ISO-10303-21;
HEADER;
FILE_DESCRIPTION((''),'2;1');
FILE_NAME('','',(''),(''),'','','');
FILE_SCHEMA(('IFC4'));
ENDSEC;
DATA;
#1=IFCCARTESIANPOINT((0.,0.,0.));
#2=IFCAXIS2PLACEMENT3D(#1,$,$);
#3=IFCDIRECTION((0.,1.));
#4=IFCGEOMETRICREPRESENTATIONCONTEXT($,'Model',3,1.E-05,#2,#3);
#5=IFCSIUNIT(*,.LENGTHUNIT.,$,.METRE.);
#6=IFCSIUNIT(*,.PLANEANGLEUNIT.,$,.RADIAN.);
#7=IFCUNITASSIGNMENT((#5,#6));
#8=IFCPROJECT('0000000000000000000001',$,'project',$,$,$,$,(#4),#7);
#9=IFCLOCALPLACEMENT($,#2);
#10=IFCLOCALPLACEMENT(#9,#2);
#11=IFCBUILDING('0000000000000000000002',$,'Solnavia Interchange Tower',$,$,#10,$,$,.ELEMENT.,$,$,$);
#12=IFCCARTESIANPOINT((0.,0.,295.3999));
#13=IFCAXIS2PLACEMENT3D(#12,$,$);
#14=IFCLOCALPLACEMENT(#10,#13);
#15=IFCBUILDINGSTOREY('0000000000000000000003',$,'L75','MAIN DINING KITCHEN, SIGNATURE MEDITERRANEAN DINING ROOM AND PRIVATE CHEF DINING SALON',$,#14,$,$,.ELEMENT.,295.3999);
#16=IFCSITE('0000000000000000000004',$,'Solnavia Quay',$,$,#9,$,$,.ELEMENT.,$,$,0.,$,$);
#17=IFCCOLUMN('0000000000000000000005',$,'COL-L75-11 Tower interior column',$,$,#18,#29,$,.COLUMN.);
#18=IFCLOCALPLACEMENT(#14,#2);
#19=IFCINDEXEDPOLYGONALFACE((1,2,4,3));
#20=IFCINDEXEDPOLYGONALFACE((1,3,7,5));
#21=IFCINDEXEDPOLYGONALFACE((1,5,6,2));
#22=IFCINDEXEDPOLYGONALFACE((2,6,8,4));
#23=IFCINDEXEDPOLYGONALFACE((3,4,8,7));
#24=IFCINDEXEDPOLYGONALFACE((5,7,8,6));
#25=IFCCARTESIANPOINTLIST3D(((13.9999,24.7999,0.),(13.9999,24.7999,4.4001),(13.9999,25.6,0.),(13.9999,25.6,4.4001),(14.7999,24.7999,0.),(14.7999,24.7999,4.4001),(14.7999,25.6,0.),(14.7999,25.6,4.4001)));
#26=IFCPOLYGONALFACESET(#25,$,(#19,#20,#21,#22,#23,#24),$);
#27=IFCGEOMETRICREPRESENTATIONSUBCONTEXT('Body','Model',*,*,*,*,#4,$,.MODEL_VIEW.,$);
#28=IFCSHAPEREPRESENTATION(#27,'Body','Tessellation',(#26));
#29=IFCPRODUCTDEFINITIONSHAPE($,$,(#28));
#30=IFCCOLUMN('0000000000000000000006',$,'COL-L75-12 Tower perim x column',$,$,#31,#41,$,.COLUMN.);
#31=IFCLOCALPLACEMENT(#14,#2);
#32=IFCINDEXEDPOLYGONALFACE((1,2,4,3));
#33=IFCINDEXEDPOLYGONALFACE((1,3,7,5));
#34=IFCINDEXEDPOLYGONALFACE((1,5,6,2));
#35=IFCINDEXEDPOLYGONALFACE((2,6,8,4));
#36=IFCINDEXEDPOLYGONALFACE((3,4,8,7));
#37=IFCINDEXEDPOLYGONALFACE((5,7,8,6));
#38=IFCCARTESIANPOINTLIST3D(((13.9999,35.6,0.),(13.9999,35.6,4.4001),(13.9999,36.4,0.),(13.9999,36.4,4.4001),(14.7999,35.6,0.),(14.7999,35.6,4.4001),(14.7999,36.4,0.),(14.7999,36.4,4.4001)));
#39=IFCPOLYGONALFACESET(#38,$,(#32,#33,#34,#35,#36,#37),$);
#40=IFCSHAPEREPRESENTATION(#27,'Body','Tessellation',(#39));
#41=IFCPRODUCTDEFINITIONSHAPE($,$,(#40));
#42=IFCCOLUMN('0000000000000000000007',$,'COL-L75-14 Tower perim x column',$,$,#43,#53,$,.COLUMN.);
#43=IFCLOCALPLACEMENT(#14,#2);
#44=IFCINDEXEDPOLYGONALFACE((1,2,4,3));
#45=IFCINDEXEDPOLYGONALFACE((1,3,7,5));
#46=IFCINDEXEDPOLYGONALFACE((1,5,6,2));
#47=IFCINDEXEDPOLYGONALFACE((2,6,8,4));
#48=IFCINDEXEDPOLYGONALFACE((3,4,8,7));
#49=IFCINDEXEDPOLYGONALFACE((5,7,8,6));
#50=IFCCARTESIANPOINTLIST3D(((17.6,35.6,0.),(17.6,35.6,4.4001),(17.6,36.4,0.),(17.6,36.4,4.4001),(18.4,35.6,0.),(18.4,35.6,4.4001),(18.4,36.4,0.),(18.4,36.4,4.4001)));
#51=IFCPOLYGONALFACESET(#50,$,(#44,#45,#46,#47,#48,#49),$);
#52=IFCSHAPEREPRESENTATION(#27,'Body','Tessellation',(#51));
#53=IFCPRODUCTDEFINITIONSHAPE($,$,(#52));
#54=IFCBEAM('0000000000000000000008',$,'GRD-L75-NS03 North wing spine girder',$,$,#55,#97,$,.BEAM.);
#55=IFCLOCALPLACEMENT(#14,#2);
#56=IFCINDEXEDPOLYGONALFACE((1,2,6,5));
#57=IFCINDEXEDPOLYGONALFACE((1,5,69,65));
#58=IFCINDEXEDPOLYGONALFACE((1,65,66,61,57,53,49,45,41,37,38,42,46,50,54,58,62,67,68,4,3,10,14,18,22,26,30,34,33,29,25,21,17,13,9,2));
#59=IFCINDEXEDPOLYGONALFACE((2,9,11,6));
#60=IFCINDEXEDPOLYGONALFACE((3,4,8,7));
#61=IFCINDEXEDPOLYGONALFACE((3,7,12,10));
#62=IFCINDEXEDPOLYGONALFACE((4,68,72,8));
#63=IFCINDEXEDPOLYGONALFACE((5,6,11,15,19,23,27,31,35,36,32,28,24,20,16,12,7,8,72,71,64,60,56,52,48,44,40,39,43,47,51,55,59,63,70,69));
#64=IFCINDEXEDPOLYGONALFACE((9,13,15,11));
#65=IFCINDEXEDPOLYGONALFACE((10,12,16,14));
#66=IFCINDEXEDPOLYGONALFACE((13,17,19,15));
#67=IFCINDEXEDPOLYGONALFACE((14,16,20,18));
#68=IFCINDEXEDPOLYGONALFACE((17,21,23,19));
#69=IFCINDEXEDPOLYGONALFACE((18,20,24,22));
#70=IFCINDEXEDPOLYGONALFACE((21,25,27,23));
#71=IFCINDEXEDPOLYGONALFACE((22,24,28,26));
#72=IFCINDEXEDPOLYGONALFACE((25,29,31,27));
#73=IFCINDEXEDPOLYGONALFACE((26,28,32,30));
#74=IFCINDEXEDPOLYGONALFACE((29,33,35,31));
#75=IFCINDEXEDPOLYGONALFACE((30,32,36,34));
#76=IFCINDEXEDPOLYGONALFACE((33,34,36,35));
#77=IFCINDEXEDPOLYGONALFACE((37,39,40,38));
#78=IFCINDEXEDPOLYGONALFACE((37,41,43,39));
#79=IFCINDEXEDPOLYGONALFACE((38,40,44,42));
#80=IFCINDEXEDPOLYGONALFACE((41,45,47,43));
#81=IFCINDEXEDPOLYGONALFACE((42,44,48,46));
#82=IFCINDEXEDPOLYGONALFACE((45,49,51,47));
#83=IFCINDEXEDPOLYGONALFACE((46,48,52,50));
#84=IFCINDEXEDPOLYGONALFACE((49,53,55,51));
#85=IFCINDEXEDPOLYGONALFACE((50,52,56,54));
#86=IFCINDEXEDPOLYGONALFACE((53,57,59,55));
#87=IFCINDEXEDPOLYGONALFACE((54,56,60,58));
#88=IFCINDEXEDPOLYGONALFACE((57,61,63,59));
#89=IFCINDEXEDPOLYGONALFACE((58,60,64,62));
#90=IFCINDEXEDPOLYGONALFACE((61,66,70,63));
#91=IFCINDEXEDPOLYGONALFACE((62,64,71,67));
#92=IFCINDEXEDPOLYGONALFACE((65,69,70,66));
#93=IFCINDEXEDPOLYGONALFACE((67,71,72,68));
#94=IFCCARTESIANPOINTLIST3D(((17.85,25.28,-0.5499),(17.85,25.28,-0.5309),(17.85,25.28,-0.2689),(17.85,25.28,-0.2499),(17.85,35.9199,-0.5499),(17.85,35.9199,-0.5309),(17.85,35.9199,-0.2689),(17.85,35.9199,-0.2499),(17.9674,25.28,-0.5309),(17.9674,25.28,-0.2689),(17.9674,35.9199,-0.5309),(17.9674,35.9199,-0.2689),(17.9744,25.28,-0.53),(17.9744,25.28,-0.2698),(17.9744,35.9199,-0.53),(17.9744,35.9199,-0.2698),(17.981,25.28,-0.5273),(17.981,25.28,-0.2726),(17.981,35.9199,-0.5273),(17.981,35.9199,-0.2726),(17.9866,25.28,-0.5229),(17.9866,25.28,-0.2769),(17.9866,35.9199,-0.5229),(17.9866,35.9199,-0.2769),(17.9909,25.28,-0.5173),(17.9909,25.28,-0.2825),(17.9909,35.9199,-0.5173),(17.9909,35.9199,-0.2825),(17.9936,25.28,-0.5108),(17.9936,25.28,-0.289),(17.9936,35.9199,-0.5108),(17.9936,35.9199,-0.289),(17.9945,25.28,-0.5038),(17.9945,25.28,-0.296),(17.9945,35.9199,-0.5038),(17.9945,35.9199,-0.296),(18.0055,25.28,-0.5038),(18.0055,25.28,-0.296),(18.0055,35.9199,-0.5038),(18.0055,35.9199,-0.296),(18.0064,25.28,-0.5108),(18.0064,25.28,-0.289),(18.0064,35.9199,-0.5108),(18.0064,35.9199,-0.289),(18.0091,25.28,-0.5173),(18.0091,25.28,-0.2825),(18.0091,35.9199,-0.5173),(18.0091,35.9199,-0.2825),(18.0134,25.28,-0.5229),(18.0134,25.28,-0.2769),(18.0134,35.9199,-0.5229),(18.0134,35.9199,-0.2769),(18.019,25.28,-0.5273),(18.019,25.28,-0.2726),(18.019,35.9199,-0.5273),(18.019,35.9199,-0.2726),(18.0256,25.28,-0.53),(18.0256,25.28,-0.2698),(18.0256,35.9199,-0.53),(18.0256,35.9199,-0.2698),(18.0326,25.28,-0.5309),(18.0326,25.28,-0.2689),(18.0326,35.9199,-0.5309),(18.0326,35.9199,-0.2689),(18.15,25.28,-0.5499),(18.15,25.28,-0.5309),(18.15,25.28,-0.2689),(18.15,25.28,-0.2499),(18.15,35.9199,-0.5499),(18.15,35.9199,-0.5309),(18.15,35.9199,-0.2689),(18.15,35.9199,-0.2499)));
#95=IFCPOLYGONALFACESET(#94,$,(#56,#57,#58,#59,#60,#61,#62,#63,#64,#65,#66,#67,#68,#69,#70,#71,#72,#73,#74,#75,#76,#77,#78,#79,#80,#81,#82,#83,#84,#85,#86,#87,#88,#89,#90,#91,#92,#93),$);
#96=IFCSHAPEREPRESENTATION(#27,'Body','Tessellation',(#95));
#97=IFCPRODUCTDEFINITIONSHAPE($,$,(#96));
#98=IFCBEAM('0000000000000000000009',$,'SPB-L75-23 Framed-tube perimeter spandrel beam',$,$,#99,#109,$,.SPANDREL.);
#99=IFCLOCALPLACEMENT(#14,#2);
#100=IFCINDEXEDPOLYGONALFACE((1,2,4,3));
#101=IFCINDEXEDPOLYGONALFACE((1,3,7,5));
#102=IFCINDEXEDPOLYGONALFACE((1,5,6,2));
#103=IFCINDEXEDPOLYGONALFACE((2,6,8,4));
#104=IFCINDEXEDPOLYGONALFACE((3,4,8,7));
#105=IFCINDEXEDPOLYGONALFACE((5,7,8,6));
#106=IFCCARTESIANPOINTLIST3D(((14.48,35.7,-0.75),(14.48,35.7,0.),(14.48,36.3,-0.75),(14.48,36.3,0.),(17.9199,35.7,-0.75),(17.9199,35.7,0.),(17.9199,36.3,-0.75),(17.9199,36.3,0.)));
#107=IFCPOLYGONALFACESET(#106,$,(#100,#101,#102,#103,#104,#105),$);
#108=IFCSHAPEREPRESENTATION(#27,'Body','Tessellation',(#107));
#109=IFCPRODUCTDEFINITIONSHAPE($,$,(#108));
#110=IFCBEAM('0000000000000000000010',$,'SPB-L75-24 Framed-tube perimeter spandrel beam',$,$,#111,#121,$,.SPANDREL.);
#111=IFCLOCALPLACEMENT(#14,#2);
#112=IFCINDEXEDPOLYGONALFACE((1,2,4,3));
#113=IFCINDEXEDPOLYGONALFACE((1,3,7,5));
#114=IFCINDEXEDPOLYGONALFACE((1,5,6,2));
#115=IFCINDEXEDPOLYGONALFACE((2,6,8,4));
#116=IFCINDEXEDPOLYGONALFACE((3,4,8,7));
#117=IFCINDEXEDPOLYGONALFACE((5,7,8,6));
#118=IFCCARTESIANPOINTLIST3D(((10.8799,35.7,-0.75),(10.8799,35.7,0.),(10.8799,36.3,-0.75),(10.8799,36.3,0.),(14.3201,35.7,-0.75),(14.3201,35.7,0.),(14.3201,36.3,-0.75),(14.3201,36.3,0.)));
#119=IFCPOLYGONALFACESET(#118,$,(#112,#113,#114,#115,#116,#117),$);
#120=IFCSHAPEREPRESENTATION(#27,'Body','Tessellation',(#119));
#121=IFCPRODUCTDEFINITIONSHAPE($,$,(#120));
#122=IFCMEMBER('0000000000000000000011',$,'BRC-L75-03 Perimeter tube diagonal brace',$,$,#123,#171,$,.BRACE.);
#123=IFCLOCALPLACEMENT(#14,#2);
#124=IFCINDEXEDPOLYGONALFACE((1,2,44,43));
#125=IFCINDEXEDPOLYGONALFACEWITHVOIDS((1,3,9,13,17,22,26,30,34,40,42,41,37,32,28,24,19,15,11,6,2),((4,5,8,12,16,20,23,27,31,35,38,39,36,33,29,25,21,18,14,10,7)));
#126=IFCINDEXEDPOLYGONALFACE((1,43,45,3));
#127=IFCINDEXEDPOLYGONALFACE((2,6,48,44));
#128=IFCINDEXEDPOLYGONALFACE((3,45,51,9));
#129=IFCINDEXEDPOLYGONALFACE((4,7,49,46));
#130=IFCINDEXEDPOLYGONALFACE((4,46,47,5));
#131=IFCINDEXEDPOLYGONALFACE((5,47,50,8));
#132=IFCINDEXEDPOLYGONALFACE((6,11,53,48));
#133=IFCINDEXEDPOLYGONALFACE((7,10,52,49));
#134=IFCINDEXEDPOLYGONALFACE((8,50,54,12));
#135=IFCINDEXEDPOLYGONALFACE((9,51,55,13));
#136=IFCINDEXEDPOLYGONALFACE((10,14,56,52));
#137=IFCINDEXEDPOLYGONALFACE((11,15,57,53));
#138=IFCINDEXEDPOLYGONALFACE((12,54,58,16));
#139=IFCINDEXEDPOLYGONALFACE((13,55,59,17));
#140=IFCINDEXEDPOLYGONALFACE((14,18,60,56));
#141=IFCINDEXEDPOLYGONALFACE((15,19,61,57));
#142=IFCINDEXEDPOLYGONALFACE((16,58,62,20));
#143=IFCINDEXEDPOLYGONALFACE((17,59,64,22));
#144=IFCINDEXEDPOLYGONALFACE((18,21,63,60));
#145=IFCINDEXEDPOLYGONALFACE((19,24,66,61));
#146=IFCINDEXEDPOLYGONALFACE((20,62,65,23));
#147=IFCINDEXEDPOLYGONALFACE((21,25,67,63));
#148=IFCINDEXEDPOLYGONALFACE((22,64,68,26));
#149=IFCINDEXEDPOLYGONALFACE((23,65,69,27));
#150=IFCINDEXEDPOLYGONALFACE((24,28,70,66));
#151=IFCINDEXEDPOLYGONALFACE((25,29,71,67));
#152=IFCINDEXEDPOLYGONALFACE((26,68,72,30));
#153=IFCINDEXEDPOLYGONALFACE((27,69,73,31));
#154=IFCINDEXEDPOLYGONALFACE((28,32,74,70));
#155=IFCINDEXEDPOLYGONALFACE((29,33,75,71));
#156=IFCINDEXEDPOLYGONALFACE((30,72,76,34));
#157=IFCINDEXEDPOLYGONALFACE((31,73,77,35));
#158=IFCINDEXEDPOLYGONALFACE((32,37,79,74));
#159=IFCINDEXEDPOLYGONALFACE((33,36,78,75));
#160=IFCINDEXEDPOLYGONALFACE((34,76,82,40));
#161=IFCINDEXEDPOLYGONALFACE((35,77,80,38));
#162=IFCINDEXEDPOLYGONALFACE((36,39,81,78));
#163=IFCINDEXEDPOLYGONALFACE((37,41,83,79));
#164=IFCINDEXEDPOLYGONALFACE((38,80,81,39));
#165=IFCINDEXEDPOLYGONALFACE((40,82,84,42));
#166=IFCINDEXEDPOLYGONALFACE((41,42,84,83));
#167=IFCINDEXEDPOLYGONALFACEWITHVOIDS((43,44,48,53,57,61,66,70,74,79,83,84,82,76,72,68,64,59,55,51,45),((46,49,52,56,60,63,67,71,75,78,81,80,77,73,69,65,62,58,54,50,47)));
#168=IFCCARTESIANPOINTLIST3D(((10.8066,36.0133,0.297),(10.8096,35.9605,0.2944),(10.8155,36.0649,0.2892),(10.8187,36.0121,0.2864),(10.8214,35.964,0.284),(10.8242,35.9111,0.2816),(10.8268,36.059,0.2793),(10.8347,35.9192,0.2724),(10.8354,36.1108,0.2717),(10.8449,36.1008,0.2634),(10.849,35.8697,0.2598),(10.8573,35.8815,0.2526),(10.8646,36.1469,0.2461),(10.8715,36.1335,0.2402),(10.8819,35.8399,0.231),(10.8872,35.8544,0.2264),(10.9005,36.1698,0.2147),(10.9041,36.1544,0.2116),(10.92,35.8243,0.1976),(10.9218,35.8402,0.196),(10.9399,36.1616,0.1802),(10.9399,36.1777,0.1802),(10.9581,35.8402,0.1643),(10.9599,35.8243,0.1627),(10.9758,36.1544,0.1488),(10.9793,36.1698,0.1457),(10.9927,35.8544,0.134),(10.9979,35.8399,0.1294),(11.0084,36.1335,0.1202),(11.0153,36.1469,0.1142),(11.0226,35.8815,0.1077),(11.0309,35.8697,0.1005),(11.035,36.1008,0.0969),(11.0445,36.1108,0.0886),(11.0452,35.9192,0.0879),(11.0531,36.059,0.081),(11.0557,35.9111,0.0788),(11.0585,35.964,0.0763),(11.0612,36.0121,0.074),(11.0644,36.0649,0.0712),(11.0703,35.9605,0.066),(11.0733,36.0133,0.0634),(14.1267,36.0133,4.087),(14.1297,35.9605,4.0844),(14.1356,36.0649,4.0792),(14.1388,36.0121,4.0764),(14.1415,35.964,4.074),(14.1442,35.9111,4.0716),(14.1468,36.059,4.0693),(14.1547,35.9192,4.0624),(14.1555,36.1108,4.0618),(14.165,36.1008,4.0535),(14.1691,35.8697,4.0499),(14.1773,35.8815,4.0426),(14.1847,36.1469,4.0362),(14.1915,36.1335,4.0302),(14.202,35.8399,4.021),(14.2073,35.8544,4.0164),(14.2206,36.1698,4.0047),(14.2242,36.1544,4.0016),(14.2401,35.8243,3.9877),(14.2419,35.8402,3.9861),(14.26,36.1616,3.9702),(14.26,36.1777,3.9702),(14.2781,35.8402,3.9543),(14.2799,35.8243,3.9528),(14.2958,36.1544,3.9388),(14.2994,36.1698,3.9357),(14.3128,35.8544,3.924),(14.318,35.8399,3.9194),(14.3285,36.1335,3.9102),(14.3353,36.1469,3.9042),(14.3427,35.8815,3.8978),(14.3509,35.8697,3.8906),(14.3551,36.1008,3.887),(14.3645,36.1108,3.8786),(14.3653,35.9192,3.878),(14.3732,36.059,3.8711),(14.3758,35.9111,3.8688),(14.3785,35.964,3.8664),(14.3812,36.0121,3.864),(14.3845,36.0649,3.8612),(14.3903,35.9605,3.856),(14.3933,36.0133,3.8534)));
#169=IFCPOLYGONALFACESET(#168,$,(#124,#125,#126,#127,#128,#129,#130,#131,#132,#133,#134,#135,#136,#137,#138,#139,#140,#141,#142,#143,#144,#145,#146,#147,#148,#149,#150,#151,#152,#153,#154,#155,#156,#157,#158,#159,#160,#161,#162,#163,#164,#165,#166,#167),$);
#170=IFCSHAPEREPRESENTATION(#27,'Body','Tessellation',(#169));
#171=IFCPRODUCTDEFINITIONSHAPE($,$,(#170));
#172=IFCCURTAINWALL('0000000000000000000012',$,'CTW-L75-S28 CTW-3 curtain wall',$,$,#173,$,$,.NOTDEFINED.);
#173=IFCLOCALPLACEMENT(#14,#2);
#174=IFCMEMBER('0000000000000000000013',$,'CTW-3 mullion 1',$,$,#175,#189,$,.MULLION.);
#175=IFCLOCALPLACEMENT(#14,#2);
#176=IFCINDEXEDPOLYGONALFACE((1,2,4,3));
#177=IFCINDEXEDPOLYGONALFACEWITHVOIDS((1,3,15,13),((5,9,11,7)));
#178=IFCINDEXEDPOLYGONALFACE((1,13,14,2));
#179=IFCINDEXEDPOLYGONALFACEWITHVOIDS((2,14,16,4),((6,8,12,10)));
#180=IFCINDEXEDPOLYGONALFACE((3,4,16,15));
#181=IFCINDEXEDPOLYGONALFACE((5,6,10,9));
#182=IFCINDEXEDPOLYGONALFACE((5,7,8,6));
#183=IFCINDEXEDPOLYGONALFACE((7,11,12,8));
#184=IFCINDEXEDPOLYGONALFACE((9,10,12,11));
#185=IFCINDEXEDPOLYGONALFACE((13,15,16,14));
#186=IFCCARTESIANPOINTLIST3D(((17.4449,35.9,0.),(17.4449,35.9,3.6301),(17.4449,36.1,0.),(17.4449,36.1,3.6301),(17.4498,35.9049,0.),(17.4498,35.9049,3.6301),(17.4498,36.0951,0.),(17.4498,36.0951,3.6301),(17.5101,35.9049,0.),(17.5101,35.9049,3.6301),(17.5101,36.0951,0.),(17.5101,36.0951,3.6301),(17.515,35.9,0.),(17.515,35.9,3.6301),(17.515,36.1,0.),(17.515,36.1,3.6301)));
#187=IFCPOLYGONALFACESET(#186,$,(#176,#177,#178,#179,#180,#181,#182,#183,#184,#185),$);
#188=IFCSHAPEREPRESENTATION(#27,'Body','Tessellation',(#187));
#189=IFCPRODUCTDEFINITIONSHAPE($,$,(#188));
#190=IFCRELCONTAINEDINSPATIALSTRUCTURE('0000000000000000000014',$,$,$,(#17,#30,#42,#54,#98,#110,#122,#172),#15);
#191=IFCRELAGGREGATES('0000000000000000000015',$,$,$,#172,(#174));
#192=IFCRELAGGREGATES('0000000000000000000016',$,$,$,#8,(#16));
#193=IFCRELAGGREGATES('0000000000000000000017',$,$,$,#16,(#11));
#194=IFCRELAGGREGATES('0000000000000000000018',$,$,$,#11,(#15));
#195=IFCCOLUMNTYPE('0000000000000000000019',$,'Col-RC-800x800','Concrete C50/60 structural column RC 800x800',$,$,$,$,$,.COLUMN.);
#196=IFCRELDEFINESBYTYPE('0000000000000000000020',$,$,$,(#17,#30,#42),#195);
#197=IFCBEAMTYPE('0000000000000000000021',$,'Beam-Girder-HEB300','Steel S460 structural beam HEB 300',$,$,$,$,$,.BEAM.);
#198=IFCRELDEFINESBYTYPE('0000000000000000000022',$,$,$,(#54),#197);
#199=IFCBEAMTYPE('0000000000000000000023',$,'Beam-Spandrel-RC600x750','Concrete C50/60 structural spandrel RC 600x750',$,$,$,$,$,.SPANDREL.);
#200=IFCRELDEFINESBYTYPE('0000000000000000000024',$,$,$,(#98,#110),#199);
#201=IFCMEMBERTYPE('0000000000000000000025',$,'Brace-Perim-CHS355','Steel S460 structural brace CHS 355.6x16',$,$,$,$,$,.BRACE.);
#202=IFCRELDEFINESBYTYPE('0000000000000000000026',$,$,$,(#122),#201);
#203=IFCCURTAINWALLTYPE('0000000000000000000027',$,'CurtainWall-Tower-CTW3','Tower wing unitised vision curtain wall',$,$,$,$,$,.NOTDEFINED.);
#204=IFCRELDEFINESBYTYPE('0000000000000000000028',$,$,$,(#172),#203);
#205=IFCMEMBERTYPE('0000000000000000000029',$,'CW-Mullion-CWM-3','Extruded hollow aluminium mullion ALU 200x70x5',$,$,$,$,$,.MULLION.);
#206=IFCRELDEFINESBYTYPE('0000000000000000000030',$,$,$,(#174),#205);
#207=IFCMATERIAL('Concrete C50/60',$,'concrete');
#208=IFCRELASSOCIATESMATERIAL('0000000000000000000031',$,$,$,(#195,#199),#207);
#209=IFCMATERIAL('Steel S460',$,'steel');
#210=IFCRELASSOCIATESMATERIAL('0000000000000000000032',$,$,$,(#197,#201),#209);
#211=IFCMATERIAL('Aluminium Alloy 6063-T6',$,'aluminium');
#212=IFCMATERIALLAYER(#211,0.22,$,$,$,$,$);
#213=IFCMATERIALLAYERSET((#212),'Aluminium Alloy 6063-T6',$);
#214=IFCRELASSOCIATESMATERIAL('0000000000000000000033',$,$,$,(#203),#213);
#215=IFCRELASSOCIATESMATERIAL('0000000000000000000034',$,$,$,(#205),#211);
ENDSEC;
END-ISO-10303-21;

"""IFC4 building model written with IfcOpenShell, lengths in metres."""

from ifc_helpers import new_model, si_unit, direction, frame, origin, origin_2d, place, context, subcontext, project, spatial, rectangle, hollow_rectangle, hollow_circle, i_section, extrude, material, layer, layer_set, material_profile, profile_set, type_object, element, aggregate, save


model = new_model("IFC4")

# Units and contexts
model_context = context("Model", 3, precision=1e-05, world=origin(), true_north=direction((0.0, 1.0)))
body_context = subcontext(model_context, "Body", "Model", "MODEL_VIEW")
ifc_project = project(units=[si_unit("LENGTHUNIT", "METRE"), si_unit("PLANEANGLEUNIT", "RADIAN")], contexts=[model_context])

# Site, building, storey
site_placement = place(None, origin())
site = spatial("IfcSite", under=ifc_project, at=site_placement, Name="Solnavia Quay", CompositionType="ELEMENT", RefElevation=0.0)
building_placement = place(site_placement, origin())
building = spatial("IfcBuilding", under=site, at=building_placement, Name="Solnavia Interchange Tower", CompositionType="ELEMENT")
storey_placement = place(building_placement, frame((0.0, 0.0, 295.3999)))
storey = spatial("IfcBuildingStorey", under=building, at=storey_placement, Name="L75", Description="MAIN DINING KITCHEN, SIGNATURE MEDITERRANEAN DINING ROOM AND PRIVATE CHEF DINING SALON", CompositionType="ELEMENT", Elevation=295.3999)

# Columns
ifc_material_1 = material(Name="Concrete C50/60", Category="concrete")
ifc_material_profile_1 = material_profile(ifc_material_1, rectangle(XDim=0.8, YDim=0.8, at=origin_2d()), Name="RC 800x800")
ifc_profile_set_1 = profile_set([ifc_material_profile_1], Name="Concrete C50/60")
column_type = type_object("IfcColumnType", Name="Col-RC-800x800", Description="Concrete C50/60 structural column RC 800x800", PredefinedType="COLUMN", material=ifc_profile_set_1)
for number, where, z_axis, x_axis, name in (
    (1, (14.3999, 25.2, 0.0), (0.0, 0.0, 1.0), (1.0, 0.0, 0.0), "COL-L75-11 Tower interior column"),
    (2, (14.3999, 36.0, 0.0), (0.0, 0.0, 1.0), (1.0, 0.0, 0.0), "COL-L75-12 Tower perim x column"),
    (3, (18.0, 36.0, 0.0), (0.0, 0.0, 1.0), (1.0, 0.0, 0.0), "COL-L75-14 Tower perim x column"),
):
    element("IfcColumn", number, at=place(storey_placement, frame(where, z_axis=z_axis, x_axis=x_axis)), inside=storey, type_object=column_type, Name=name, PredefinedType="COLUMN", context=body_context, shape_type="SweptSolid", body=[
        extrude(rectangle(XDim=0.8, YDim=0.8, at=origin_2d()), origin(), (0.0, 0.0, 1.0), 4.4001),
    ])

# Beams
ifc_material_2 = material(Name="Steel S460", Category="steel")
ifc_material_profile_2 = material_profile(ifc_material_2, i_section(OverallWidth=0.3, OverallDepth=0.3, WebThickness=0.011, FlangeThickness=0.019, FilletRadius=0.0271, at=origin_2d()), Name="HEB 300")
ifc_profile_set_2 = profile_set([ifc_material_profile_2], Name="Steel S460")
beam_type_1 = type_object("IfcBeamType", Name="Beam-Girder-HEB300", Description="Steel S460 structural beam HEB 300", PredefinedType="BEAM", material=ifc_profile_set_2)
beam_1_placement = place(storey_placement, frame((18.0, 25.28, -0.3999), z_axis=(0.0, 1.0, 0.0), x_axis=(-1.0, 0.0, 0.0)))
element("IfcBeam", 4, at=beam_1_placement, inside=storey, type_object=beam_type_1, Name="GRD-L75-NS03 North wing spine girder", PredefinedType="BEAM", context=body_context, shape_type="SweptSolid", body=[
    extrude(i_section(OverallWidth=0.3, OverallDepth=0.3, WebThickness=0.011, FlangeThickness=0.019, FilletRadius=0.0271, at=origin_2d()), origin(), (0.0, 0.0, 1.0), 10.6399),
])
ifc_material_profile_3 = material_profile(ifc_material_1, rectangle(XDim=0.6001, YDim=0.75, at=origin_2d()), Name="RC 600x750")
ifc_profile_set_3 = profile_set([ifc_material_profile_3], Name="Concrete C50/60")
beam_type_2 = type_object("IfcBeamType", Name="Beam-Spandrel-RC600x750", Description="Concrete C50/60 structural spandrel RC 600x750", PredefinedType="SPANDREL", material=ifc_profile_set_3)
beam_2_placement = place(storey_placement, frame((17.9199, 36.0, -0.375), z_axis=(-1.0, 0.0, 0.0), x_axis=(0.0, -1.0, 0.0)))
element("IfcBeam", 5, at=beam_2_placement, inside=storey, type_object=beam_type_2, Name="SPB-L75-23 Framed-tube perimeter spandrel beam", PredefinedType="SPANDREL", context=body_context, shape_type="SweptSolid", body=[
    extrude(rectangle(XDim=0.6001, YDim=0.75, at=origin_2d()), origin(), (0.0, 0.0, 1.0), 3.4399),
])
beam_3_placement = place(storey_placement, frame((14.3201, 36.0, -0.375), z_axis=(-1.0, 0.0, 0.0), x_axis=(0.0, -1.0, 0.0)))
element("IfcBeam", 6, at=beam_3_placement, inside=storey, type_object=beam_type_2, Name="SPB-L75-24 Framed-tube perimeter spandrel beam", PredefinedType="SPANDREL", context=body_context, shape_type="SweptSolid", body=[
    extrude(rectangle(XDim=0.6001, YDim=0.75, at=origin_2d()), origin(), (0.0, 0.0, 1.0), 3.4402),
])

# Member
ifc_material_profile_4 = material_profile(ifc_material_2, hollow_circle(Radius=0.1777, WallThickness=0.0161, at=origin_2d()), Name="CHS 355.6x16")
ifc_profile_set_4 = profile_set([ifc_material_profile_4], Name="Steel S460")
member_type_1 = type_object("IfcMemberType", Name="Brace-Perim-CHS355", Description="Steel S460 structural brace CHS 355.6x16", PredefinedType="BRACE", material=ifc_profile_set_4)
member_1_placement = place(storey_placement, frame((10.9399, 36.0, 0.1802), z_axis=(0.65893, 0.0, 0.752204), x_axis=(0.0, 1.0, 0.0)))
element("IfcMember", 7, at=member_1_placement, inside=storey, type_object=member_type_1, Name="BRC-L75-03 Perimeter tube diagonal brace", PredefinedType="BRACE", context=body_context, shape_type="SweptSolid", body=[
    extrude(hollow_circle(Radius=0.1777, WallThickness=0.0161, at=origin_2d()), origin(), (0.0, 0.0, 1.0), 5.0386),
])

# Curtain wall, member
ifc_material_3 = material(Name="Aluminium Alloy 6063-T6", Category="aluminium")
ifc_layer_1 = layer(ifc_material_3, 0.22)
ifc_layer_set_1 = layer_set([ifc_layer_1], Name="Aluminium Alloy 6063-T6")
curtain_wall_type = type_object("IfcCurtainWallType", Name="CurtainWall-Tower-CTW3", Description="Tower wing unitised vision curtain wall", PredefinedType="NOTDEFINED", material=ifc_layer_set_1)
curtain_wall_placement = place(storey_placement, origin())
curtain_wall = element("IfcCurtainWall", 8, at=curtain_wall_placement, inside=storey, type_object=curtain_wall_type, Name="CTW-L75-S28 CTW-3 curtain wall", PredefinedType="NOTDEFINED")
ifc_material_profile_5 = material_profile(ifc_material_3, hollow_rectangle(XDim=0.0701, YDim=0.2, WallThickness=0.0049, at=origin_2d()), Name="ALU 200x70x5")
ifc_profile_set_5 = profile_set([ifc_material_profile_5], Name="Aluminium Alloy 6063-T6")
member_type_2 = type_object("IfcMemberType", Name="CW-Mullion-CWM-3", Description="Extruded hollow aluminium mullion ALU 200x70x5", PredefinedType="MULLION", material=ifc_profile_set_5)
member_2_placement = place(storey_placement, frame((17.48, 36.0, 0.0), z_axis=(0.0, 0.0, 1.0), x_axis=(-1.0, 0.0, 0.0)))
member_2 = element("IfcMember", 9, at=member_2_placement, type_object=member_type_2, Name="CTW-3 mullion 1", PredefinedType="MULLION", context=body_context, shape_type="SweptSolid", body=[
    extrude(hollow_rectangle(XDim=0.0701, YDim=0.2, WallThickness=0.0049, at=origin_2d()), origin(), (0.0, 0.0, 1.0), 3.6301),
])
aggregate(curtain_wall, [member_2])

save(model, "model.ifc")
